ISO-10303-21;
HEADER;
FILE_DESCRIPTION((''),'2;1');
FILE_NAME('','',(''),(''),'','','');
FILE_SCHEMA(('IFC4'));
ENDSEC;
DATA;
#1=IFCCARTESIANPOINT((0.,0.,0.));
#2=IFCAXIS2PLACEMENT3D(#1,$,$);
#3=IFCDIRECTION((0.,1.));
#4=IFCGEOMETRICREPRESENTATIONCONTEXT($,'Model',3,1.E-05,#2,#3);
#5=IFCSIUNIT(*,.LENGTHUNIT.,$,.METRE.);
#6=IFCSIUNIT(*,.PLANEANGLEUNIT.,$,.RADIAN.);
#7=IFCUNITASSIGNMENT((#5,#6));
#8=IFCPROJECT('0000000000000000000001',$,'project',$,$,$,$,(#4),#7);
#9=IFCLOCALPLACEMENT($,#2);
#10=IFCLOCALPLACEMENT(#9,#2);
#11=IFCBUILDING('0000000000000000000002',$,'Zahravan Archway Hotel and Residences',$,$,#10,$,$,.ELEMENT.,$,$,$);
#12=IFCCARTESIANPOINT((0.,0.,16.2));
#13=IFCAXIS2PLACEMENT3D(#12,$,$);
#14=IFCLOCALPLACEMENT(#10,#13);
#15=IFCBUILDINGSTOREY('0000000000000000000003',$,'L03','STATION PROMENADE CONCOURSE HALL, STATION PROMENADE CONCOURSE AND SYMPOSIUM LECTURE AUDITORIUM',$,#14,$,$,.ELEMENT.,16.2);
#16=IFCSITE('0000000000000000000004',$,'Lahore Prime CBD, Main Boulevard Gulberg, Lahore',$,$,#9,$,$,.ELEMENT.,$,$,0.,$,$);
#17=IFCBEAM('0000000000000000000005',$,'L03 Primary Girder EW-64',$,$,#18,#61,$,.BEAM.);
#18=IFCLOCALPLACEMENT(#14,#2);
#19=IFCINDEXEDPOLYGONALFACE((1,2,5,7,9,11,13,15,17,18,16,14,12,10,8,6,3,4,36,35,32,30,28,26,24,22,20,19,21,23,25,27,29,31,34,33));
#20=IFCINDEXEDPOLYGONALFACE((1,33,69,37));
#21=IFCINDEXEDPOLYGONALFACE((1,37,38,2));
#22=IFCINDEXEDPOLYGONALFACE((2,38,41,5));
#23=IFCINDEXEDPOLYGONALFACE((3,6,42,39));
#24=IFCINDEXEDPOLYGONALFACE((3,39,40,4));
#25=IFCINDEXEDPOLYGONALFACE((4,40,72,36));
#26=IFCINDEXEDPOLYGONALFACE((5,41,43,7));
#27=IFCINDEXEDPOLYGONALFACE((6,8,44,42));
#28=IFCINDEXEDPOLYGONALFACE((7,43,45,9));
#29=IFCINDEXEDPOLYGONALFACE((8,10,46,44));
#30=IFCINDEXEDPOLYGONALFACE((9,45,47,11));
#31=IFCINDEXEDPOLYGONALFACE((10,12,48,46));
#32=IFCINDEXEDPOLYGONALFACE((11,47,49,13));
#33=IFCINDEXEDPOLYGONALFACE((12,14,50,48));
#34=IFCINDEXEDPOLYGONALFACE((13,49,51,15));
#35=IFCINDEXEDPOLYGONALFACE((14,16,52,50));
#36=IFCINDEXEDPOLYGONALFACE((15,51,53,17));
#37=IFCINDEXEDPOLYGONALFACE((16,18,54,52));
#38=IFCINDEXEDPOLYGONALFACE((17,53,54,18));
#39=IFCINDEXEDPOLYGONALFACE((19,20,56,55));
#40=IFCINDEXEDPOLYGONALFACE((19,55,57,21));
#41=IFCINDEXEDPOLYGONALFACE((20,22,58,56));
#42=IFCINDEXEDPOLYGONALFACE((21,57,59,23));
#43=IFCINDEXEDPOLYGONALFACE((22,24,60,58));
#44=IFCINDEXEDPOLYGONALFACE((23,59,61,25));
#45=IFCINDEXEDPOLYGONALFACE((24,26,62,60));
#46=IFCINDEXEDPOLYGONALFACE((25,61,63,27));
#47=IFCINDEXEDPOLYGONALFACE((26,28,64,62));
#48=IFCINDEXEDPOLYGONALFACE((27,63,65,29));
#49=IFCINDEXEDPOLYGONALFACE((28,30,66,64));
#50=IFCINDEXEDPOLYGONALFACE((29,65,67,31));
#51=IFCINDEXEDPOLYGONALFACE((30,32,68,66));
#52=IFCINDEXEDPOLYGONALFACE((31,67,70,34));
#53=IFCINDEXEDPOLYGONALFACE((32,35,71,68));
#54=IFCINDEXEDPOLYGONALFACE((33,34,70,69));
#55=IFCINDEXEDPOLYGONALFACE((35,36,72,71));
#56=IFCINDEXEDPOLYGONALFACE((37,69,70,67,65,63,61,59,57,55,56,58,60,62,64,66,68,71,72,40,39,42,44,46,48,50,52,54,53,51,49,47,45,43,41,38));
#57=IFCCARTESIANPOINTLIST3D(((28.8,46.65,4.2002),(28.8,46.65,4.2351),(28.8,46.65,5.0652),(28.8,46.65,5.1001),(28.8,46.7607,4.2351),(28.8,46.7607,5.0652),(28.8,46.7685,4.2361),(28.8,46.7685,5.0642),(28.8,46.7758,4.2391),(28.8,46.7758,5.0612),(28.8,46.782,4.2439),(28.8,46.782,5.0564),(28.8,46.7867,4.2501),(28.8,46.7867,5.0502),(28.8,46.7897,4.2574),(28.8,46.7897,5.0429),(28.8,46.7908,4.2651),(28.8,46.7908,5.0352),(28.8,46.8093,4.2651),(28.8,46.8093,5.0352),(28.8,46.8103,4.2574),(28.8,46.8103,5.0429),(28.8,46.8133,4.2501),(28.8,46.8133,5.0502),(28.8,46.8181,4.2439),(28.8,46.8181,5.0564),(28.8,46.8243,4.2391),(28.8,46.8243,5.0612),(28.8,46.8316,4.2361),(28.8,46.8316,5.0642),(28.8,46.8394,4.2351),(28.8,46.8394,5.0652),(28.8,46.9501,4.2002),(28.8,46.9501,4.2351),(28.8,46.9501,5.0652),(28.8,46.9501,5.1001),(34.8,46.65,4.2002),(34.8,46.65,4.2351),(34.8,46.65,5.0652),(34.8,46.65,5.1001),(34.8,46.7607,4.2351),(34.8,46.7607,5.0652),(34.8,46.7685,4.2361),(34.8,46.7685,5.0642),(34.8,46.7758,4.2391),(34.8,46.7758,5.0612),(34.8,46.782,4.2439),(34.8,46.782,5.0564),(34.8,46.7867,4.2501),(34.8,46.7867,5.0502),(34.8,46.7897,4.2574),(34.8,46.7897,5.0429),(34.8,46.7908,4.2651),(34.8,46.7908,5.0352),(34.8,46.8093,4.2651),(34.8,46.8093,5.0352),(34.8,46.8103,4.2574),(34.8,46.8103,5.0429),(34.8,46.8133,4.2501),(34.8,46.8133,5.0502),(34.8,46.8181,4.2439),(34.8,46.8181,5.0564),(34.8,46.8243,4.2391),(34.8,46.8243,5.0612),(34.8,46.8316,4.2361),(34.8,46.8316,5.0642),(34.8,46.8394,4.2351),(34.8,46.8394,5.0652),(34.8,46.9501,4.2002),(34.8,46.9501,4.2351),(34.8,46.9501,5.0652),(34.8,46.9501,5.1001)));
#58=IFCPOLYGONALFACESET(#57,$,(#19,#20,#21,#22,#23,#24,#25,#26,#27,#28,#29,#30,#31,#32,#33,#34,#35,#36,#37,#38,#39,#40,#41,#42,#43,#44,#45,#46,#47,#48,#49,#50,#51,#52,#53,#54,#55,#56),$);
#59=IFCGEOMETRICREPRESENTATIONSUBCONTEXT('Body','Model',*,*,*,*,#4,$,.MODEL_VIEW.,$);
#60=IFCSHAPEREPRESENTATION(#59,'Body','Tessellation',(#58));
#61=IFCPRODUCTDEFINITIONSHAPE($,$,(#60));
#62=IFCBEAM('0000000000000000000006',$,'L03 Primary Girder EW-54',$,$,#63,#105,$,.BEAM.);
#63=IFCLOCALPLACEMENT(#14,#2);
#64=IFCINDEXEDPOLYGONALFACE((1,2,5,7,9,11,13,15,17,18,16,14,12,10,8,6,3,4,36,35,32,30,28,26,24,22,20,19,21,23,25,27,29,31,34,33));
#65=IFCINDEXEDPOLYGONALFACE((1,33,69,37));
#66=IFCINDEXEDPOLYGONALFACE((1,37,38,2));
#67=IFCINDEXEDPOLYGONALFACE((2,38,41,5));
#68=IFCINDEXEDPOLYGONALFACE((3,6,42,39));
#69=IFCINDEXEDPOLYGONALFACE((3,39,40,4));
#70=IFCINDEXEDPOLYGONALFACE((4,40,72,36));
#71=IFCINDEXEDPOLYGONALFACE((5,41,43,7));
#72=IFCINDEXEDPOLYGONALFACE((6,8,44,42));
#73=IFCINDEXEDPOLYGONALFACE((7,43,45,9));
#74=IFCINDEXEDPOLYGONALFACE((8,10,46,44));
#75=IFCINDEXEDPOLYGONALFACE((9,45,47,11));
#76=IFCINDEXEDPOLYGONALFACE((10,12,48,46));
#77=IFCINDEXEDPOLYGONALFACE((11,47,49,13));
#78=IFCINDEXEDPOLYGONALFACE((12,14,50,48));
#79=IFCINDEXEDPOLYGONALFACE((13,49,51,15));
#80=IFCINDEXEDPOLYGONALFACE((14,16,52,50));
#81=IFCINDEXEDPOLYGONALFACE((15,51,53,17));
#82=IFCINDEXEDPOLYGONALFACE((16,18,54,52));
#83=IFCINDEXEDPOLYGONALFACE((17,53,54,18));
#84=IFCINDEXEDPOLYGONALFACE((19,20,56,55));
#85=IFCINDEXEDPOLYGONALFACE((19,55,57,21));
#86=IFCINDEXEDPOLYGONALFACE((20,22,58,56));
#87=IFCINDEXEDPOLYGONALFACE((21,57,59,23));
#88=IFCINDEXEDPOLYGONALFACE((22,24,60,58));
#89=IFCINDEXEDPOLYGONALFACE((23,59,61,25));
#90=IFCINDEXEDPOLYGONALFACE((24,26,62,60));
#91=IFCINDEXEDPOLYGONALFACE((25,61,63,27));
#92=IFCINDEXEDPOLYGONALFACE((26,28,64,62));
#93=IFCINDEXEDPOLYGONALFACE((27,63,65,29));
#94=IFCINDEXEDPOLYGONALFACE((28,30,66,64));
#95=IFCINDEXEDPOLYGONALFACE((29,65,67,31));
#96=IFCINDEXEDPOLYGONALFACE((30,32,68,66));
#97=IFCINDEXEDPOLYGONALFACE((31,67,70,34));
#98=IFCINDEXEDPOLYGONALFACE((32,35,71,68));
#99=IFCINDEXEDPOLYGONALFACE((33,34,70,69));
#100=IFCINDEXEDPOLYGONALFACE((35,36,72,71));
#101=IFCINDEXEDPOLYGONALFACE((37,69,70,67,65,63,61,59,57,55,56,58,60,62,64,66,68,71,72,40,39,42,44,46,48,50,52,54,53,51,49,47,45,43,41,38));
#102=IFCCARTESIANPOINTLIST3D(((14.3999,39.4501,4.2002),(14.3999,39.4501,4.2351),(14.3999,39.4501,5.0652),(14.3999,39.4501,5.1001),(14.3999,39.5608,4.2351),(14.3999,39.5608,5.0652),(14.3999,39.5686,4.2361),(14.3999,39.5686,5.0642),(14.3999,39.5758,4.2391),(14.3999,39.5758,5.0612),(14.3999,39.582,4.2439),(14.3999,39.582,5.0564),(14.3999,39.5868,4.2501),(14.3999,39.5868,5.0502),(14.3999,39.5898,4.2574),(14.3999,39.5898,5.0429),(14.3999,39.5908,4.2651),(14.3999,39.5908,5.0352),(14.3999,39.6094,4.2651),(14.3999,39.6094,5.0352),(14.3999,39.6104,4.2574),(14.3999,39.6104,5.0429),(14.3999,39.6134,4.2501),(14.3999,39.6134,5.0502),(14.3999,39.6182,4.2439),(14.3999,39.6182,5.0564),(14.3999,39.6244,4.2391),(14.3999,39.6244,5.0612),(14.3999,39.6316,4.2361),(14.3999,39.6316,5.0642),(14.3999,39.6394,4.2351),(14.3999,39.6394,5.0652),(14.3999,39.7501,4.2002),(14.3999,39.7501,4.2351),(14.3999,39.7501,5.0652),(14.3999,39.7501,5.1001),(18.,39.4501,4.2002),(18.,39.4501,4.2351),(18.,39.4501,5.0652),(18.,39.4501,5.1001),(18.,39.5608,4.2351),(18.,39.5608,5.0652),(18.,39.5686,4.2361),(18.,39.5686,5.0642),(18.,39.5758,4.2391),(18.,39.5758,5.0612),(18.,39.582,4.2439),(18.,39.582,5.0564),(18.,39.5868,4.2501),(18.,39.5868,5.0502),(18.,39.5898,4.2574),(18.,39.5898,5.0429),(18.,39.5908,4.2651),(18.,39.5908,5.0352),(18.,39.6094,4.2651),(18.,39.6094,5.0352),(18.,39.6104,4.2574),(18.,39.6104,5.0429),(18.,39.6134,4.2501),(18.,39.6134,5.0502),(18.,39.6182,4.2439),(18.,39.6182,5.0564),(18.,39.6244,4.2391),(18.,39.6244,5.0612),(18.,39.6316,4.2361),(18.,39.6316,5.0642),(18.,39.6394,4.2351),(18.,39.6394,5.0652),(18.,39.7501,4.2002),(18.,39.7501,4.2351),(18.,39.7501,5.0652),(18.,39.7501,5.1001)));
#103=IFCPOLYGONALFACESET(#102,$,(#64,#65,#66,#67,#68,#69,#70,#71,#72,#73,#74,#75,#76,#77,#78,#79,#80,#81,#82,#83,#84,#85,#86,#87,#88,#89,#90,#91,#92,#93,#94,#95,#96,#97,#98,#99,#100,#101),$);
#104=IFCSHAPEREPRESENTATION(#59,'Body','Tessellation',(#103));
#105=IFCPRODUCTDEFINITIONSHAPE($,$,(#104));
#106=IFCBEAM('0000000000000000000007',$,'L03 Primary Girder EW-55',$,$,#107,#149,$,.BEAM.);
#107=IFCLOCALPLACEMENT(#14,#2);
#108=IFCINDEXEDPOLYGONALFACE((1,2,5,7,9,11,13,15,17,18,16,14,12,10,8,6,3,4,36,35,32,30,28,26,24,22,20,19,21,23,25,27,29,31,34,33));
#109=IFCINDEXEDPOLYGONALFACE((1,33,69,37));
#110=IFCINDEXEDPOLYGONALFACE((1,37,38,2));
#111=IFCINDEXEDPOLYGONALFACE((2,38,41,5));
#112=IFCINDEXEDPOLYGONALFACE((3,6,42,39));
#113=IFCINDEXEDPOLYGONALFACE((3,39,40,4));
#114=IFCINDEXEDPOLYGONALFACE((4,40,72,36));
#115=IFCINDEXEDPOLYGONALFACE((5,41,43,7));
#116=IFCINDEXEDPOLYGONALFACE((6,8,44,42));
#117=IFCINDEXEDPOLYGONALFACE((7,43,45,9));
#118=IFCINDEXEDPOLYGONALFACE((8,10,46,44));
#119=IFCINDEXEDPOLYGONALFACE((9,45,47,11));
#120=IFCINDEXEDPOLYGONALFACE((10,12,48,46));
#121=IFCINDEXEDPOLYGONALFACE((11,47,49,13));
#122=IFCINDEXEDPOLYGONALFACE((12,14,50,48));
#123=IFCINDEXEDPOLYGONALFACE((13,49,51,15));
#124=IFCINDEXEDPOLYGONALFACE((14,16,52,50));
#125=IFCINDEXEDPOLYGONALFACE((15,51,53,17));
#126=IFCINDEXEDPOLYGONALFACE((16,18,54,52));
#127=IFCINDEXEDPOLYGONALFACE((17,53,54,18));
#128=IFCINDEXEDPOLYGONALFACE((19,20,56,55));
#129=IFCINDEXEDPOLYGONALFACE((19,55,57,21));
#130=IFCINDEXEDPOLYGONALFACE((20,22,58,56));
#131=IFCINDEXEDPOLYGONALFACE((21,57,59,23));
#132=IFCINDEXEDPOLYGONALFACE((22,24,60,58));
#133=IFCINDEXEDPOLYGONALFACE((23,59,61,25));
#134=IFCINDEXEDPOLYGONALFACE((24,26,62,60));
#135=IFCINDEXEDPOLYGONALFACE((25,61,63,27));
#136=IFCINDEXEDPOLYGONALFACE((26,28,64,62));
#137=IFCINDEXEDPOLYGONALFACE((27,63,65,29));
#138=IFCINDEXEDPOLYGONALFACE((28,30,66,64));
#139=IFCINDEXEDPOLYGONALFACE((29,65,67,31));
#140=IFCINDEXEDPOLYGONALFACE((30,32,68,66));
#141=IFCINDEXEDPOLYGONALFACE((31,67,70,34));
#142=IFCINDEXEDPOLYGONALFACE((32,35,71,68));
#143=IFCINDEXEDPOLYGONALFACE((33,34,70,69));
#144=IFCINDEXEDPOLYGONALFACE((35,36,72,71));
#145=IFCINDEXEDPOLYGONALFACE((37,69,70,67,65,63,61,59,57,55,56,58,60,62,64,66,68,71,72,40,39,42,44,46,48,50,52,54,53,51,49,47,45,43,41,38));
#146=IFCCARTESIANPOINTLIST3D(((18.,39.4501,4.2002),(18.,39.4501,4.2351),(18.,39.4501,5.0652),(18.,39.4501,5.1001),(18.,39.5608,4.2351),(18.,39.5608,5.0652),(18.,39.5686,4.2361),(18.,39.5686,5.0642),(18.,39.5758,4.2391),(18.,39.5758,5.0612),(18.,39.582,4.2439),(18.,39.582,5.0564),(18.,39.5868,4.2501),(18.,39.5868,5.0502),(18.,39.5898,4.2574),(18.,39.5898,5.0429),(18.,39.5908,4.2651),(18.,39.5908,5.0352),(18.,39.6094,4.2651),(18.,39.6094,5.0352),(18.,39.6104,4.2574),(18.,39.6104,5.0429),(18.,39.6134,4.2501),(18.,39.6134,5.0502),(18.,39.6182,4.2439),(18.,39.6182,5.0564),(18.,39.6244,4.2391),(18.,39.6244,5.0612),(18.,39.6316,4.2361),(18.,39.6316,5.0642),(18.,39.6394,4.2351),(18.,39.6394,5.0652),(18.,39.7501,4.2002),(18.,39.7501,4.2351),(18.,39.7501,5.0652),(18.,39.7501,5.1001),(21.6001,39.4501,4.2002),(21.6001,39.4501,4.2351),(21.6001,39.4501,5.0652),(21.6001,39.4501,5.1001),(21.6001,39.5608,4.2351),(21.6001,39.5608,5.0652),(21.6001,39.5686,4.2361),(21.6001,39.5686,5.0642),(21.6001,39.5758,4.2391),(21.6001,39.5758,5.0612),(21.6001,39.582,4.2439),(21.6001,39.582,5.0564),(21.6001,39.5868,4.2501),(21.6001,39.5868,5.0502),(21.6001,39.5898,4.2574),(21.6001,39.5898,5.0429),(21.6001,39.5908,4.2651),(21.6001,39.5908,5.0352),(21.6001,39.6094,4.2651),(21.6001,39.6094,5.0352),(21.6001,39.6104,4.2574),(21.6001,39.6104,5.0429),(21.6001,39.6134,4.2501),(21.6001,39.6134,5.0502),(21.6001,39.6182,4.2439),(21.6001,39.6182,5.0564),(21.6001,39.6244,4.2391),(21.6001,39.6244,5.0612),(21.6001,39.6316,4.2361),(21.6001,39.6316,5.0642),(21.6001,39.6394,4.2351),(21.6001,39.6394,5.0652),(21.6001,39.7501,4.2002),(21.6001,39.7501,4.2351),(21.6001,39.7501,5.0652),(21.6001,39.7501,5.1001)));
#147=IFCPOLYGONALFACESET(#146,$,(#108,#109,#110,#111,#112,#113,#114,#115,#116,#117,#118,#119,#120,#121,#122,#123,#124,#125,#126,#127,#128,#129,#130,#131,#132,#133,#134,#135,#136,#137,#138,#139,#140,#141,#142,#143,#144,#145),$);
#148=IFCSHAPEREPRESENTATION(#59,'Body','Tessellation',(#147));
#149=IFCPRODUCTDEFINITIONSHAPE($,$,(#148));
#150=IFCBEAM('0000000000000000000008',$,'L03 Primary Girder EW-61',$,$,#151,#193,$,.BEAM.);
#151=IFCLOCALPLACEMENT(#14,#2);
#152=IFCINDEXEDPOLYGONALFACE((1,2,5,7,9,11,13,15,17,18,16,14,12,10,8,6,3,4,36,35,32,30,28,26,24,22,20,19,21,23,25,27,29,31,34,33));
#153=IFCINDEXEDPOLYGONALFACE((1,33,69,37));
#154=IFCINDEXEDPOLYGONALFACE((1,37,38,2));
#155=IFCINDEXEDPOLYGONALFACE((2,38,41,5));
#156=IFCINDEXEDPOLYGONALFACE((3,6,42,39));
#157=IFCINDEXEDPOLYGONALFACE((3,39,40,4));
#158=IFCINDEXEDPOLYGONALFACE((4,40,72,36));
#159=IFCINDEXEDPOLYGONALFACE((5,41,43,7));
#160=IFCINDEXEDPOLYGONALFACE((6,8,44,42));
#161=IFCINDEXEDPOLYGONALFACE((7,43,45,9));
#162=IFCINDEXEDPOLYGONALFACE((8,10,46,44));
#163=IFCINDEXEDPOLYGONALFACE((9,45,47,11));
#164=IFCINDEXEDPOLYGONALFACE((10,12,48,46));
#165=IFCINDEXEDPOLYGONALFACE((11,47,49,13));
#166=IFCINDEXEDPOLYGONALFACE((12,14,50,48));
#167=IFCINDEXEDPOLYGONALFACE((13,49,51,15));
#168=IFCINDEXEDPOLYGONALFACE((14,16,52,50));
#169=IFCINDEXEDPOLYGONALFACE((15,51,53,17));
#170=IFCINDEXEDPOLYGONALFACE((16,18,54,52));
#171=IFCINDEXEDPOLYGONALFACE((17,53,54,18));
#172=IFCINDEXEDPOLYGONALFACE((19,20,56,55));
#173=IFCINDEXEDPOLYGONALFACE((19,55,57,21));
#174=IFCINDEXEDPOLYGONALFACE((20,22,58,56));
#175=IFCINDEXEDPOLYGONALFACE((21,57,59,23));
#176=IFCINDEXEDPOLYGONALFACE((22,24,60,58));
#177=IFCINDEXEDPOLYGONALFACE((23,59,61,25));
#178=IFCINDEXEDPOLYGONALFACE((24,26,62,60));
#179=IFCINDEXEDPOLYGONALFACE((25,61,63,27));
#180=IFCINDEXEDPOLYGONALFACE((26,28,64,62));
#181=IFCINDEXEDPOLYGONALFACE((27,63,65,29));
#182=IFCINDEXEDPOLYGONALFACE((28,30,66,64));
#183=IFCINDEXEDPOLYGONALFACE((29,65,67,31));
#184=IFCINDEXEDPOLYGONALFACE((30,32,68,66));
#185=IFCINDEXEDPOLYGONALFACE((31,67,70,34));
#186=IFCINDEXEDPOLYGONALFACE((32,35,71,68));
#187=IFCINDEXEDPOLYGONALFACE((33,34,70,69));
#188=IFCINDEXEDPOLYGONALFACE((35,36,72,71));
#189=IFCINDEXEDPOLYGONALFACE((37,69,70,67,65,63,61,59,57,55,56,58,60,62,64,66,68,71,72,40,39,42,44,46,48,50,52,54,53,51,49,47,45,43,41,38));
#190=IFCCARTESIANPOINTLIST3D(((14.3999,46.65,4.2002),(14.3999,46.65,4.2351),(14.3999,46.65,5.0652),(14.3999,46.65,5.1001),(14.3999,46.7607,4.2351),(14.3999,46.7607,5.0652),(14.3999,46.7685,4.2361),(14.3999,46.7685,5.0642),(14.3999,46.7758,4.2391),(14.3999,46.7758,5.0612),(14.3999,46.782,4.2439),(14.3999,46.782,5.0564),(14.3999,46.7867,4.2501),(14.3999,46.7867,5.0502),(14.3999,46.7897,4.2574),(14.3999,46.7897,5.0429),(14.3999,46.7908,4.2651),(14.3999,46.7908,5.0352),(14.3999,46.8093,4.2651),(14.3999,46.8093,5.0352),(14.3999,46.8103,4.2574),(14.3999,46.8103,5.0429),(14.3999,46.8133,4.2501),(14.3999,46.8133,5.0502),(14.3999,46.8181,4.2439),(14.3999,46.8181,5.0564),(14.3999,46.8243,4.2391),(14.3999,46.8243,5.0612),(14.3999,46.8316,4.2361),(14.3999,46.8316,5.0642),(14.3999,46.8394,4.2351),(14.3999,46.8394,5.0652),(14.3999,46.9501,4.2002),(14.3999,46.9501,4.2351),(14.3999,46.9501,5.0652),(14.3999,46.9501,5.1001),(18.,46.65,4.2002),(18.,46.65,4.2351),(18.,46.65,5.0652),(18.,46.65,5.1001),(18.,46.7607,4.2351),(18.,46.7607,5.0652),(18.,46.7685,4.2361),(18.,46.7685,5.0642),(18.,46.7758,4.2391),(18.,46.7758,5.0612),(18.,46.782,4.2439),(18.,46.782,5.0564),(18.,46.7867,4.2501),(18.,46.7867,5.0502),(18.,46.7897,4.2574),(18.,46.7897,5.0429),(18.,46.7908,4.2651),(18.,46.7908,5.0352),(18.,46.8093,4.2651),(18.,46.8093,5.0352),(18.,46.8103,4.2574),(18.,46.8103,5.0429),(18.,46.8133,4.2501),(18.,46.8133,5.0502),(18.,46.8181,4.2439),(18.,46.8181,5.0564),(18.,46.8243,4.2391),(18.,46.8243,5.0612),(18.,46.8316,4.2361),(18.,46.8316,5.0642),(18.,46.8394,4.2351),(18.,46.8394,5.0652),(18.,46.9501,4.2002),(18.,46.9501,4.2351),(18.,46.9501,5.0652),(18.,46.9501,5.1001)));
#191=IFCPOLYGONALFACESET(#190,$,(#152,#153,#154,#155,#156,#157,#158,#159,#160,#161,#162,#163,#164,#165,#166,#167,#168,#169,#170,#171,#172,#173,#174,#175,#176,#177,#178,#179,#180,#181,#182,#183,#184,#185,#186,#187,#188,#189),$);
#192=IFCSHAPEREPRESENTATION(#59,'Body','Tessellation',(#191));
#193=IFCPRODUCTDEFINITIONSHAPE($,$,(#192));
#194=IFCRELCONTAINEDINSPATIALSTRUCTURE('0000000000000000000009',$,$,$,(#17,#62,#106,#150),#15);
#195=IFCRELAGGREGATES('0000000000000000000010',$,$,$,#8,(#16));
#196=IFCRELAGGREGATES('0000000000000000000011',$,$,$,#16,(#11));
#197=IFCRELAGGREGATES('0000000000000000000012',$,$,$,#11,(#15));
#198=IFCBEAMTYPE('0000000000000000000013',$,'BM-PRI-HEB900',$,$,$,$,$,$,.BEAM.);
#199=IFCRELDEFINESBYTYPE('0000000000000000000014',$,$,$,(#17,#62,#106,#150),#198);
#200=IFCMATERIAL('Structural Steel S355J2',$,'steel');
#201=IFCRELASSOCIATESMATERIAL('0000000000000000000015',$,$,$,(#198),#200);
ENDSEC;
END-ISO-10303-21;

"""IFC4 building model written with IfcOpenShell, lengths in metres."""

from ifc_helpers import new_model, si_unit, direction, frame, origin, origin_2d, place, context, subcontext, project, spatial, i_section, extrude, source, transform, mapped, material, material_profile, profile_set, type_object, element, save


model = new_model("IFC4")

# Units and contexts
model_context = context("Model", 3, precision=1e-05, world=origin(), true_north=direction((0.0, 1.0)))
body_context = subcontext(model_context, "Body", "Model", "MODEL_VIEW")
ifc_project = project(units=[si_unit("LENGTHUNIT", "METRE"), si_unit("PLANEANGLEUNIT", "RADIAN")], contexts=[model_context])

# Site, building, storey
site_placement = place(None, origin())
site = spatial("IfcSite", under=ifc_project, at=site_placement, Name="Lahore Prime CBD, Main Boulevard Gulberg, Lahore", CompositionType="ELEMENT", RefElevation=0.0)
building_placement = place(site_placement, origin())
building = spatial("IfcBuilding", under=site, at=building_placement, Name="Zahravan Archway Hotel and Residences", CompositionType="ELEMENT")
storey_placement = place(building_placement, frame((0.0, 0.0, 16.2)))
storey = spatial("IfcBuildingStorey", under=building, at=storey_placement, Name="L03", Description="STATION PROMENADE CONCOURSE HALL, STATION PROMENADE CONCOURSE AND SYMPOSIUM LECTURE AUDITORIUM", CompositionType="ELEMENT", Elevation=16.2)

# Beams
ifc_material_1 = material(Name="Structural Steel S355J2", Category="steel")
ifc_material_profile_1 = material_profile(ifc_material_1, i_section(OverallWidth=0.3, OverallDepth=0.8999, WebThickness=0.0186, FlangeThickness=0.0349, FilletRadius=0.03, at=origin_2d()), Name="HEB 900", Category="steel")
ifc_profile_set_1 = profile_set([ifc_material_profile_1], Name="Structural Steel S355J2")
beam_type_1 = type_object("IfcBeamType", Name="BM-PRI-HEB900", PredefinedType="BEAM", material=ifc_profile_set_1)
shared_shape_1 = source(origin(), body_context, "Body", "SweptSolid", [
    extrude(i_section(OverallWidth=0.3, OverallDepth=0.8999, WebThickness=0.0186, FlangeThickness=0.0349, FilletRadius=0.03, at=origin_2d()), origin(), (0.0, 0.0, 1.0), 6.0),
])
for number, where, z_axis, x_axis, name in (
    (1, (28.8, 46.8, 4.6501), (1.0, 0.0, 0.0), (0.0, 1.0, 0.0), "L03 Primary Girder EW-64"),
):
    element("IfcBeam", number, at=place(storey_placement, frame(where, z_axis=z_axis, x_axis=x_axis)), inside=storey, type_object=beam_type_1, Name=name, PredefinedType="BEAM", context=body_context, shape_type="MappedRepresentation", body=[
        mapped(shared_shape_1, transform((0.0, 0.0, 0.0), scale=1.0)),
    ])
shared_shape_2 = source(origin(), body_context, "Body", "SweptSolid", [
    extrude(i_section(OverallWidth=0.3, OverallDepth=0.8999, WebThickness=0.0186, FlangeThickness=0.0349, FilletRadius=0.03, at=origin_2d()), origin(), (0.0, 0.0, 1.0), 3.6001),
])
for number, where, z_axis, x_axis, name in (
    (2, (14.3999, 39.6001, 4.6501), (1.0, 0.0, 0.0), (0.0, 1.0, 0.0), "L03 Primary Girder EW-54"),
    (3, (18.0, 39.6001, 4.6501), (1.0, 0.0, 0.0), (0.0, 1.0, 0.0), "L03 Primary Girder EW-55"),
    (4, (14.3999, 46.8, 4.6501), (1.0, 0.0, 0.0), (0.0, 1.0, 0.0), "L03 Primary Girder EW-61"),
):
    element("IfcBeam", number, at=place(storey_placement, frame(where, z_axis=z_axis, x_axis=x_axis)), inside=storey, type_object=beam_type_1, Name=name, PredefinedType="BEAM", context=body_context, shape_type="MappedRepresentation", body=[
        mapped(shared_shape_2, transform((0.0, 0.0, 0.0), scale=1.0)),
    ])

save(model, "model.ifc")
